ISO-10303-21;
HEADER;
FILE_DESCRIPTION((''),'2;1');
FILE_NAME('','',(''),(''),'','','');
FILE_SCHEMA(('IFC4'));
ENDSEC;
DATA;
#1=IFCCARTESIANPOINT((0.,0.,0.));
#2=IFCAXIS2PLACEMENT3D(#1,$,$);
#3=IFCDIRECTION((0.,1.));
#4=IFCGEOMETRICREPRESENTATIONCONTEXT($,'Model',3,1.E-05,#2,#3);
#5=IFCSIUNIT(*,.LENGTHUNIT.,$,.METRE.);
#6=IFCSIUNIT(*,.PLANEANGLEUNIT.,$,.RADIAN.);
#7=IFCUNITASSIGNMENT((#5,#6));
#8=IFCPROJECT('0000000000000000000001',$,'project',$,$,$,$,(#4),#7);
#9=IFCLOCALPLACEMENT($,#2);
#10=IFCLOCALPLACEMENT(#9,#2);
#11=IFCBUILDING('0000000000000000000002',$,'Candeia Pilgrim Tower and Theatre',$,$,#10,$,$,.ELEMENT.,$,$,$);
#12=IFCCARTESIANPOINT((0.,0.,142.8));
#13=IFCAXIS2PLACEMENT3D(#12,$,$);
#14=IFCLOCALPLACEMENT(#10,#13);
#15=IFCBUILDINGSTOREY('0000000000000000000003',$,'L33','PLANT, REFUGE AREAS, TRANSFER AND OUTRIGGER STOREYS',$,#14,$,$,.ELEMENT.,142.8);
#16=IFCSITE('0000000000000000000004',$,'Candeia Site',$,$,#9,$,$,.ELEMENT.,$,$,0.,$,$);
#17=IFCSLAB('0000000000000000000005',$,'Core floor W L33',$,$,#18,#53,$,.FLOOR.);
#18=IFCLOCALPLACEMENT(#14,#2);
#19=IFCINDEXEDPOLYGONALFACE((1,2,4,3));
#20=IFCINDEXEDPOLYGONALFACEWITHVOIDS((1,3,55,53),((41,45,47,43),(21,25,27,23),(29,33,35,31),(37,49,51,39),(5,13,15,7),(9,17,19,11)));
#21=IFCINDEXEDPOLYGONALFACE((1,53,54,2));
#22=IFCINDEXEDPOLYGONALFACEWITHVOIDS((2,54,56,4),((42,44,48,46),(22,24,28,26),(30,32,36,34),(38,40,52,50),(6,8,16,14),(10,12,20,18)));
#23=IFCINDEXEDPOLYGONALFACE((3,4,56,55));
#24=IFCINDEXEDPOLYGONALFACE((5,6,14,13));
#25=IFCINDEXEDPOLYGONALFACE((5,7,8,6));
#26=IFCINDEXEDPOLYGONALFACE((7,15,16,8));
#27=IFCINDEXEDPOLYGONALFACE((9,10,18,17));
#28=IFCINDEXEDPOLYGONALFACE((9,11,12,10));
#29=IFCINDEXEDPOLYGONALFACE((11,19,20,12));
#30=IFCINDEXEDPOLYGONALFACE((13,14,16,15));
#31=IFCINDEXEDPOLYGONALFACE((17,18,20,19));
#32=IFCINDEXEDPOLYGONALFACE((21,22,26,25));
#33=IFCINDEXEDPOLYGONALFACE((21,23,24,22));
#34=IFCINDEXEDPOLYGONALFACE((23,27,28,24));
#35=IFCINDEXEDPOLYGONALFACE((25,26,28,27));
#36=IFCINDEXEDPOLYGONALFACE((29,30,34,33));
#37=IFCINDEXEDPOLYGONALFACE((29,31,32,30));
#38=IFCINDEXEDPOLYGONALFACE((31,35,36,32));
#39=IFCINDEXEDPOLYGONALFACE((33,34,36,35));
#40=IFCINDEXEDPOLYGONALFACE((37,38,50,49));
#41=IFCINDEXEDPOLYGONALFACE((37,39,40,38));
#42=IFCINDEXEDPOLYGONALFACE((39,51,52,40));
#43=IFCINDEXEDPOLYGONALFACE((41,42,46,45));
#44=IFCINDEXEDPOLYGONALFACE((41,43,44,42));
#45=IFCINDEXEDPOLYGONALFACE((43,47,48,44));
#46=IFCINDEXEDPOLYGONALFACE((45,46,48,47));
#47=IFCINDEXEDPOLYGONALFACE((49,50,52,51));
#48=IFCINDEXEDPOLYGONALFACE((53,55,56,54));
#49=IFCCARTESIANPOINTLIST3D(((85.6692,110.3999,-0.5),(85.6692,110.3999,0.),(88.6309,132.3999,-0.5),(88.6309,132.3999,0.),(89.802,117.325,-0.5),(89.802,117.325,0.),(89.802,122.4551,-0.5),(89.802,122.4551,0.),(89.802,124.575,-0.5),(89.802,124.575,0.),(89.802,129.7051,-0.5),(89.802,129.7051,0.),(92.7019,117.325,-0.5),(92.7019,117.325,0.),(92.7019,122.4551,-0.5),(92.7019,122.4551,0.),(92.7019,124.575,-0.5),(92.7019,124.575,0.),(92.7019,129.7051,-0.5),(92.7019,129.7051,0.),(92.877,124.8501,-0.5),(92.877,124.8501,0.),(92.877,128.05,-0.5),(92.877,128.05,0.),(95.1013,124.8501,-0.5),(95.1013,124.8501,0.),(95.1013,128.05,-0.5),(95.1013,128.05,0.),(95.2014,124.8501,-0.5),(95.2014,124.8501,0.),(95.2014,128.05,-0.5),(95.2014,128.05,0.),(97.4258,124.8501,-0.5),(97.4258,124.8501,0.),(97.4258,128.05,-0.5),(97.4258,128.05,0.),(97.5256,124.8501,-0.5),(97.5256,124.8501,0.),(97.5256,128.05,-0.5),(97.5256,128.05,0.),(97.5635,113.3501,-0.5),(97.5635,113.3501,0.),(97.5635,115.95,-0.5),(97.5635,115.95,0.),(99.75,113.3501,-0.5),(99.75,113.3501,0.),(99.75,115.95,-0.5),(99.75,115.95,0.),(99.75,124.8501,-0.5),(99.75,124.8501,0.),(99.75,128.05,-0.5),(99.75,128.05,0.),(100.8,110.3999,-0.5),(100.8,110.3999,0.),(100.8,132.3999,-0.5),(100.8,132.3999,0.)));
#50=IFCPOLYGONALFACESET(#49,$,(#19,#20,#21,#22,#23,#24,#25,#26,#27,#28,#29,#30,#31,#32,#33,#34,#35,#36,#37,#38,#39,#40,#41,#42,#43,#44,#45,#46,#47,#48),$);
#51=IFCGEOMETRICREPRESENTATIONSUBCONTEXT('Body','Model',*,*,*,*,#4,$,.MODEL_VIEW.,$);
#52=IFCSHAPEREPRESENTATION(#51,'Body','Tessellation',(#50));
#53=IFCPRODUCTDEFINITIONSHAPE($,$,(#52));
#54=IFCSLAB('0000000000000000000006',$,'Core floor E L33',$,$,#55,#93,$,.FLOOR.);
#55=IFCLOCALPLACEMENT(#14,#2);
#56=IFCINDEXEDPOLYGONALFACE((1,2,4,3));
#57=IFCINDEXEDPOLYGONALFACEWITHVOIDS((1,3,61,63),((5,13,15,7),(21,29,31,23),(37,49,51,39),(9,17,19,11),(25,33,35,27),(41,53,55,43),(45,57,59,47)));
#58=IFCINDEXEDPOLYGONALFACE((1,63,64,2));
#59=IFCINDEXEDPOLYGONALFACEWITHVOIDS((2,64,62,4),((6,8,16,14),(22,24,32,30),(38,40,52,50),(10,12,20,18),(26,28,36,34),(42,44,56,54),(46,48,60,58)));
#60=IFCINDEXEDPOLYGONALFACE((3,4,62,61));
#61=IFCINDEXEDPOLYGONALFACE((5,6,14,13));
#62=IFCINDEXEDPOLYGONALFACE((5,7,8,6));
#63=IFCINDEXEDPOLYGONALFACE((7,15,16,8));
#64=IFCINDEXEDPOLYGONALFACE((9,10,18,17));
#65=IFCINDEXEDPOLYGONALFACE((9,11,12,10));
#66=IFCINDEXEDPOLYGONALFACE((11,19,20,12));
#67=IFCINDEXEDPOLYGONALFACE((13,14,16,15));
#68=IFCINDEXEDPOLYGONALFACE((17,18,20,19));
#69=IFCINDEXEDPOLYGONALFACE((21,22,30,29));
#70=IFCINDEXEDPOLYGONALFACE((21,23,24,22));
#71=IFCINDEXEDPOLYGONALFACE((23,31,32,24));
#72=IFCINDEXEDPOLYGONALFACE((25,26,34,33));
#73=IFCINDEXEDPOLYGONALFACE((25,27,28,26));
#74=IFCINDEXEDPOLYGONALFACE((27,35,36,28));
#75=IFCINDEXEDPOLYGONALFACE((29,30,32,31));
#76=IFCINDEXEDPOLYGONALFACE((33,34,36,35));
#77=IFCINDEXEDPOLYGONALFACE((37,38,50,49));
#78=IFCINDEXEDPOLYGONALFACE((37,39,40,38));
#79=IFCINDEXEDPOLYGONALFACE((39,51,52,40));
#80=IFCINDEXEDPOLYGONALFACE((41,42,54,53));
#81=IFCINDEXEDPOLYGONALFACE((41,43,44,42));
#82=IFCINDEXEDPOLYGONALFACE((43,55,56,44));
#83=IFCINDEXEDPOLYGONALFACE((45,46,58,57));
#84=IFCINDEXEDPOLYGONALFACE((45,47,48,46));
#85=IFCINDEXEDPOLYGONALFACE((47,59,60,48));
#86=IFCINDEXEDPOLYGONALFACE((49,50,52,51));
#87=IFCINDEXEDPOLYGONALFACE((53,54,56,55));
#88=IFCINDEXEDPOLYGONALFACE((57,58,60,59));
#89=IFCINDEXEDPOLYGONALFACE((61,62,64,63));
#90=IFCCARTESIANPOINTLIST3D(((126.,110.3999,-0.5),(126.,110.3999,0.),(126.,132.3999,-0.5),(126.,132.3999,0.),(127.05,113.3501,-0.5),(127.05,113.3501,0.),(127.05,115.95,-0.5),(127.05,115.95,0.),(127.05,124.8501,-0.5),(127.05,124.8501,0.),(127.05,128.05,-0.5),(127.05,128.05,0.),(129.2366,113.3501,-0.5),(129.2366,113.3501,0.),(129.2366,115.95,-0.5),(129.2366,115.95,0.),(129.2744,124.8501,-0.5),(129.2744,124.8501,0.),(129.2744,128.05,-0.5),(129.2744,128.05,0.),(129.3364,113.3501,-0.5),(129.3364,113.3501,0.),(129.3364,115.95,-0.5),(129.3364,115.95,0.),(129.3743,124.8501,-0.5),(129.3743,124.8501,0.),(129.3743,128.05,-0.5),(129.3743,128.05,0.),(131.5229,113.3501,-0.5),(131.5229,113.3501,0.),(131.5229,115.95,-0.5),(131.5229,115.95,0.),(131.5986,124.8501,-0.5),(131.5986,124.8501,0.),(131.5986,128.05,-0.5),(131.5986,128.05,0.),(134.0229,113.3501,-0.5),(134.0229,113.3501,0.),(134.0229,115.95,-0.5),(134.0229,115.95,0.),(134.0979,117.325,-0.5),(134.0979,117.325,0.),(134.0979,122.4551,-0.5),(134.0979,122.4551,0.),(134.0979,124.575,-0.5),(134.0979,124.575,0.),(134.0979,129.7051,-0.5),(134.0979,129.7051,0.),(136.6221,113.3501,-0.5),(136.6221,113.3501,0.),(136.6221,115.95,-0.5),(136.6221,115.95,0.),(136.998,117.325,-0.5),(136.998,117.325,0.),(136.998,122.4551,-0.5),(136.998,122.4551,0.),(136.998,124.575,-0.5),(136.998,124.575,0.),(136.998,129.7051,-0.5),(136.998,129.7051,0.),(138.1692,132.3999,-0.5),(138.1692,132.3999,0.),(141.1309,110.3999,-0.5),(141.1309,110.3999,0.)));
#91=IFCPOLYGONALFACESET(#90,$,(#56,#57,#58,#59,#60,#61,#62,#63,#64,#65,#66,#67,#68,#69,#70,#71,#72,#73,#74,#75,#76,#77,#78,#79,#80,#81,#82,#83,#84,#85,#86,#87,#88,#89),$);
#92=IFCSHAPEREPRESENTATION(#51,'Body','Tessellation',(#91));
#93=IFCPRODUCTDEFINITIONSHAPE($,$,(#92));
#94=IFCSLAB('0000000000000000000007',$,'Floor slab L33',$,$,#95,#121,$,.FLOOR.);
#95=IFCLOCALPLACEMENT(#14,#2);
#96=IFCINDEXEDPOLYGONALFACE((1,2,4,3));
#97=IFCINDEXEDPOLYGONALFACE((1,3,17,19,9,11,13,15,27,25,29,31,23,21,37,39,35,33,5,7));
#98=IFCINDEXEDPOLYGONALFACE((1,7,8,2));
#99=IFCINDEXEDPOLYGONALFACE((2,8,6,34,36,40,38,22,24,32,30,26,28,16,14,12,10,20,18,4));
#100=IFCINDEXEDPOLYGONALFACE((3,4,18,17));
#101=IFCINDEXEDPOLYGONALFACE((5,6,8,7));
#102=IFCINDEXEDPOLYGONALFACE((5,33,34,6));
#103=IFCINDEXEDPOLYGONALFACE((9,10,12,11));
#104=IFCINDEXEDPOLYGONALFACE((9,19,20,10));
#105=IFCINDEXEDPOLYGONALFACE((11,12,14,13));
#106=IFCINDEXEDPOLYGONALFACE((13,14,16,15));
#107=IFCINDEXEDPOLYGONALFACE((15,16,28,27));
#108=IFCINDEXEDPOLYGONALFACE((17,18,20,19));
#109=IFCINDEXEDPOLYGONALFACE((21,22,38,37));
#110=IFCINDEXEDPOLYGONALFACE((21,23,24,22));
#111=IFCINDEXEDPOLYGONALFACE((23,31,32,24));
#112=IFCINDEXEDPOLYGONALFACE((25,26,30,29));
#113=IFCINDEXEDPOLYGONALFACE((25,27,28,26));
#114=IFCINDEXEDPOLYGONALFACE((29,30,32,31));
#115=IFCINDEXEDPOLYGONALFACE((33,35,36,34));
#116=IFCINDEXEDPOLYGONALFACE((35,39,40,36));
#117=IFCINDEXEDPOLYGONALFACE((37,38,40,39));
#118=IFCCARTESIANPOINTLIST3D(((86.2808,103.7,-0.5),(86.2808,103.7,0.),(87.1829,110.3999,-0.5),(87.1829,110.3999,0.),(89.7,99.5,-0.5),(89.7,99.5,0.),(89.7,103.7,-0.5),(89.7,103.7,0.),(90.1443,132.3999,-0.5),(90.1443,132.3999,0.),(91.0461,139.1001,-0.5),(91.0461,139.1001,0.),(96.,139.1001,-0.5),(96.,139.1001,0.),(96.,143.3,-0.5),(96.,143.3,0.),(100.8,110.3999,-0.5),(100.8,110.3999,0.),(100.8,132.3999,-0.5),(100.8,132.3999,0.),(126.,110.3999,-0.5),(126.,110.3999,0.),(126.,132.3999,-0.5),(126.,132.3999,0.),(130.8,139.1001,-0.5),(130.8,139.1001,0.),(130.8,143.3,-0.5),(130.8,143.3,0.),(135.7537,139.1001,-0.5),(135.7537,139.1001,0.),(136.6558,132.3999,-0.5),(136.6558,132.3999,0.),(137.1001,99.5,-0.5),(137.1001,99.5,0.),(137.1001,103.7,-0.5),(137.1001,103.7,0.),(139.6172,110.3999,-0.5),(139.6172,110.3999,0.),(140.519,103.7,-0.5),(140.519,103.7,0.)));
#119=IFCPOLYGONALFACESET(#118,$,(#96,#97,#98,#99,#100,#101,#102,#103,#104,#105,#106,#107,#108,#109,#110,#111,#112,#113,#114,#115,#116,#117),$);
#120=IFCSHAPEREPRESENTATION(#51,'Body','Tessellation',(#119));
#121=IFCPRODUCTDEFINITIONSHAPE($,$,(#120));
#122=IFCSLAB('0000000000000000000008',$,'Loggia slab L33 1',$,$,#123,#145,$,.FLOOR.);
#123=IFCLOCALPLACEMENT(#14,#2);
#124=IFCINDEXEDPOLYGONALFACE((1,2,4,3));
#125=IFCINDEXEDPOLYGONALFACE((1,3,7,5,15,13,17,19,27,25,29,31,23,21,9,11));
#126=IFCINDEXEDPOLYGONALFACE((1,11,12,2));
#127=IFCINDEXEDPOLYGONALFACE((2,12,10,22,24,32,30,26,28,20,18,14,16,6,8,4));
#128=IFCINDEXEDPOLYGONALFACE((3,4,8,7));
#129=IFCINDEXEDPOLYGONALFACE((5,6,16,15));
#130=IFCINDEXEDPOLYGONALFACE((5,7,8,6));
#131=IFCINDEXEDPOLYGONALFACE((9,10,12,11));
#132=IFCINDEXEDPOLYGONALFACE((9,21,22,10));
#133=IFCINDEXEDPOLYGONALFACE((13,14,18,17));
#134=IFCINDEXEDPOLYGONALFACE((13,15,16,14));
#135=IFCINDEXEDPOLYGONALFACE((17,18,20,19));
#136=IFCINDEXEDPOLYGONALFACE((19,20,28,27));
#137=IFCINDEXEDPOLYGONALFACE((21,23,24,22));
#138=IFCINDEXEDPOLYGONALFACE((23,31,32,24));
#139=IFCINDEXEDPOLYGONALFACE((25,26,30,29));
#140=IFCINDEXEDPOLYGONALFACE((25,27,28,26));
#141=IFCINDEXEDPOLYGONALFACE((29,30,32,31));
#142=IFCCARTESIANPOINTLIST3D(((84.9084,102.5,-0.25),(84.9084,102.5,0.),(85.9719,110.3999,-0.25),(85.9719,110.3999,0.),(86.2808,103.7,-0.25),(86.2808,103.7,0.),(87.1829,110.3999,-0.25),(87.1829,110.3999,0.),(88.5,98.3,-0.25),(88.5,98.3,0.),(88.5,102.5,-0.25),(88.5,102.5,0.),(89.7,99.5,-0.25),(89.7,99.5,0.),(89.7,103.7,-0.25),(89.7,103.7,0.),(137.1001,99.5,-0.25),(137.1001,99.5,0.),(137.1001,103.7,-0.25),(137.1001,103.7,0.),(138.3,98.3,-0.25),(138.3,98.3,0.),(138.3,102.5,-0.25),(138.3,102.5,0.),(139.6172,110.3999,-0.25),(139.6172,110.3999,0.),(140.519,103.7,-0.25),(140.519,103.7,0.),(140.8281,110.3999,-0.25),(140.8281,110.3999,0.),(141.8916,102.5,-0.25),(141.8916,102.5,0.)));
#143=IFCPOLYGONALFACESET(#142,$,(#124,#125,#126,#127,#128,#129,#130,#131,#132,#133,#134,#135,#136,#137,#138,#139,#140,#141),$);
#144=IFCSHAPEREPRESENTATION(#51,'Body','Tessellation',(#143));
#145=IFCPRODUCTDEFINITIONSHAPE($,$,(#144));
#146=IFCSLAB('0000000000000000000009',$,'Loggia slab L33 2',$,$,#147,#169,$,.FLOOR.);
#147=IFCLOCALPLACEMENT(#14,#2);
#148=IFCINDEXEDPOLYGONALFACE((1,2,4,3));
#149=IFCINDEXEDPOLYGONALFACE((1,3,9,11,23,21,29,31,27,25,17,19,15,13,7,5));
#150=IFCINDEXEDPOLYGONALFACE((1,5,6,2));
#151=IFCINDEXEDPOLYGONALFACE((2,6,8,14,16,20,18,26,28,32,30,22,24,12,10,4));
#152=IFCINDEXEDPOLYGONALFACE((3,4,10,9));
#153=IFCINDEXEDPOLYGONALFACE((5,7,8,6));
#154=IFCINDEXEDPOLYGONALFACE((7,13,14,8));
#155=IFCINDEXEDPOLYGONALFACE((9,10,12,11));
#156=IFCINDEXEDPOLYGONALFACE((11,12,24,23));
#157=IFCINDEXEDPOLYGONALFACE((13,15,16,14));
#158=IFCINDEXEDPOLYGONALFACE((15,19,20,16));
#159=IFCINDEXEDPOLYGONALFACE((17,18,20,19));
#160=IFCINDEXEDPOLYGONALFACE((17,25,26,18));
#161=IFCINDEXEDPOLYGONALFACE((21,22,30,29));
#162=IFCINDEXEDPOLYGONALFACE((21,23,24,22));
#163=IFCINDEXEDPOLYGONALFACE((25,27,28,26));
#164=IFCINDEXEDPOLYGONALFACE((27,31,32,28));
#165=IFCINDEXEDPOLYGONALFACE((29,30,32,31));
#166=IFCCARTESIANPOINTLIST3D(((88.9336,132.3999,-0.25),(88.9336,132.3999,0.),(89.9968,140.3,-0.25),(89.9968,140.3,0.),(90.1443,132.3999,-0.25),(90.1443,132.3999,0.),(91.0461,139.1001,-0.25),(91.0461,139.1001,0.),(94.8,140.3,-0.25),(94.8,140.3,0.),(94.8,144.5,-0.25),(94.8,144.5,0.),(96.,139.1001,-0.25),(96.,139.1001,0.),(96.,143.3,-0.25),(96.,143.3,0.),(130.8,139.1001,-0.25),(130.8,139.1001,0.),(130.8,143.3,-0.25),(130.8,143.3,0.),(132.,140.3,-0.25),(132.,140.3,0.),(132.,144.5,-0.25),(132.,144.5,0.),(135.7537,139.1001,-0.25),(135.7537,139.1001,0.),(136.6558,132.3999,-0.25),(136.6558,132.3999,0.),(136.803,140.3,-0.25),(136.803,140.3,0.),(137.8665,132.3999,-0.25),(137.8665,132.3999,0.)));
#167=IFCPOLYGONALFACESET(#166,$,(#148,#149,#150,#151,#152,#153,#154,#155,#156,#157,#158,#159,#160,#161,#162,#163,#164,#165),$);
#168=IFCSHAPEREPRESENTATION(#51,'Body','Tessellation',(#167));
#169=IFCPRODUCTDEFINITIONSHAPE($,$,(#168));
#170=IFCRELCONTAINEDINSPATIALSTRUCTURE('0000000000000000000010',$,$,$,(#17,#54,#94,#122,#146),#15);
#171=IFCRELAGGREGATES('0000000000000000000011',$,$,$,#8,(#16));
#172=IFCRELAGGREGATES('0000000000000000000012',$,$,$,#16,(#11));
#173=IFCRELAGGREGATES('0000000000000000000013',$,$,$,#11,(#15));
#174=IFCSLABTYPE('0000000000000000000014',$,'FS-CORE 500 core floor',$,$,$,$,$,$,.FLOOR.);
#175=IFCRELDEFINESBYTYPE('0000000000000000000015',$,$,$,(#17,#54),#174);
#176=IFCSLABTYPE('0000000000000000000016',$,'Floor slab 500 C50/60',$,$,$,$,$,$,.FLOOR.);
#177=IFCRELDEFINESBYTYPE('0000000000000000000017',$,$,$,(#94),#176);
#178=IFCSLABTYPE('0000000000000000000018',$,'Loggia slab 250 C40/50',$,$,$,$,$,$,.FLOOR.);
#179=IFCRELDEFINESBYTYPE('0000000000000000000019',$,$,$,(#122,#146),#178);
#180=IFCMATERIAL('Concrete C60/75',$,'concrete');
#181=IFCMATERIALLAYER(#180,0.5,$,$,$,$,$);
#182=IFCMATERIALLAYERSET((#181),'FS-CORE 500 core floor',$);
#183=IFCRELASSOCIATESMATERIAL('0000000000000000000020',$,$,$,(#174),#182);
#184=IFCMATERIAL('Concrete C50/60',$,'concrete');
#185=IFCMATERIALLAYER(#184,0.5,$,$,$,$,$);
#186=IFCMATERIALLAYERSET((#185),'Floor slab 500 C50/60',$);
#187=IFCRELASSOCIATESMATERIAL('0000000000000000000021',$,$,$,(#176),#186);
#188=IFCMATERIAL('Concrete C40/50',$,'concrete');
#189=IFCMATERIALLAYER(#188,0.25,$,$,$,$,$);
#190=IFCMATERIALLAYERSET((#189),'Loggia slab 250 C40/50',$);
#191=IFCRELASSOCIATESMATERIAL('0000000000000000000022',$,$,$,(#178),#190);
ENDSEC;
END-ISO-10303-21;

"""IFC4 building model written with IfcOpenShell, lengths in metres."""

from ifc_helpers import new_model, si_unit, direction, frame, origin, place, context, subcontext, project, spatial, polyline, outline, extrude, material, layer, layer_set, type_object, element, save


model = new_model("IFC4")

# Units and contexts
model_context = context("Model", 3, precision=1e-05, world=origin(), true_north=direction((0.0, 1.0)))
body_context = subcontext(model_context, "Body", "Model", "MODEL_VIEW")
ifc_project = project(units=[si_unit("LENGTHUNIT", "METRE"), si_unit("PLANEANGLEUNIT", "RADIAN")], contexts=[model_context])

# Site, building, storey
site_placement = place(None, origin())
site = spatial("IfcSite", under=ifc_project, at=site_placement, Name="Candeia Site", CompositionType="ELEMENT", RefElevation=0.0)
building_placement = place(site_placement, origin())
building = spatial("IfcBuilding", under=site, at=building_placement, Name="Candeia Pilgrim Tower and Theatre", CompositionType="ELEMENT")
storey_placement = place(building_placement, frame((0.0, 0.0, 142.8)))
storey = spatial("IfcBuildingStorey", under=building, at=storey_placement, Name="L33", Description="PLANT, REFUGE AREAS, TRANSFER AND OUTRIGGER STOREYS", CompositionType="ELEMENT", Elevation=142.8)

# Slabs
ifc_material_1 = material(Name="Concrete C60/75", Category="concrete")
ifc_layer_1 = layer(ifc_material_1, 0.5)
ifc_layer_set_1 = layer_set([ifc_layer_1], Name="FS-CORE 500 core floor")
slab_type_1 = type_object("IfcSlabType", Name="FS-CORE 500 core floor", PredefinedType="FLOOR", material=ifc_layer_set_1)
slab_1_placement = place(storey_placement, frame((0.0, 0.0, -0.5)))
element("IfcSlab", 1, at=slab_1_placement, inside=storey, type_object=slab_type_1, Name="Core floor W L33", PredefinedType="FLOOR", context=body_context, shape_type="SweptSolid", body=[
    extrude(outline(polyline([(100.8, 132.3999), (100.8, 110.3999), (85.6692, 110.3999), (88.6309, 132.3999), (100.8, 132.3999)]), holes=[polyline([(97.5256, 128.05), (97.5256, 124.8501), (99.75, 124.8501), (99.75, 128.05), (97.5256, 128.05)]), polyline([(97.5635, 113.3501), (99.75, 113.3501), (99.75, 115.95), (97.5635, 115.95), (97.5635, 113.3501)]), polyline([(95.2014, 124.8501), (97.4258, 124.8501), (97.4258, 128.05), (95.2014, 128.05), (95.2014, 124.8501)]), polyline([(92.877, 128.05), (92.877, 124.8501), (95.1013, 124.8501), (95.1013, 128.05), (92.877, 128.05)]), polyline([(89.802, 122.4551), (89.802, 117.325), (92.7019, 117.325), (92.7019, 122.4551), (89.802, 122.4551)]), polyline([(89.802, 129.7051), (89.802, 124.575), (92.7019, 124.575), (92.7019, 129.7051), (89.802, 129.7051)])]), origin(), (0.0, 0.0, 1.0), 0.5),
])
slab_2_placement = place(storey_placement, frame((0.0, 0.0, -0.5)))
element("IfcSlab", 2, at=slab_2_placement, inside=storey, type_object=slab_type_1, Name="Core floor E L33", PredefinedType="FLOOR", context=body_context, shape_type="SweptSolid", body=[
    extrude(outline(polyline([(138.1692, 132.3999), (141.1309, 110.3999), (126.0, 110.3999), (126.0, 132.3999), (138.1692, 132.3999)]), holes=[polyline([(134.0979, 122.4551), (134.0979, 117.325), (136.998, 117.325), (136.998, 122.4551), (134.0979, 122.4551)]), polyline([(134.0979, 129.7051), (134.0979, 124.575), (136.998, 124.575), (136.998, 129.7051), (134.0979, 129.7051)]), polyline([(136.6221, 115.95), (134.0229, 115.95), (134.0229, 113.3501), (136.6221, 113.3501), (136.6221, 115.95)]), polyline([(131.5986, 128.05), (129.3743, 128.05), (129.3743, 124.8501), (131.5986, 124.8501), (131.5986, 128.05)]), polyline([(131.5229, 115.95), (129.3364, 115.95), (129.3364, 113.3501), (131.5229, 113.3501), (131.5229, 115.95)]), polyline([(129.2744, 128.05), (127.05, 128.05), (127.05, 124.8501), (129.2744, 124.8501), (129.2744, 128.05)]), polyline([(127.05, 115.95), (127.05, 113.3501), (129.2366, 113.3501), (129.2366, 115.95), (127.05, 115.95)])]), origin(), (0.0, 0.0, 1.0), 0.5),
])
ifc_material_2 = material(Name="Concrete C50/60", Category="concrete")
ifc_layer_2 = layer(ifc_material_2, 0.5)
ifc_layer_set_2 = layer_set([ifc_layer_2], Name="Floor slab 500 C50/60")
slab_type_2 = type_object("IfcSlabType", Name="Floor slab 500 C50/60", PredefinedType="FLOOR", material=ifc_layer_set_2)
slab_3_placement = place(storey_placement, frame((0.0, 0.0, -0.5)))
element("IfcSlab", 3, at=slab_3_placement, inside=storey, type_object=slab_type_2, Name="Floor slab L33", PredefinedType="FLOOR", context=body_context, shape_type="SweptSolid", body=[
    extrude(outline(polyline([(96.0, 139.1001), (96.0, 143.3), (130.8, 143.3), (130.8, 139.1001), (135.7537, 139.1001), (136.6558, 132.3999), (126.0, 132.3999), (126.0, 110.3999), (139.6172, 110.3999), (140.519, 103.7), (137.1001, 103.7), (137.1001, 99.5), (89.7, 99.5), (89.7, 103.7), (86.2808, 103.7), (87.1829, 110.3999), (100.8, 110.3999), (100.8, 132.3999), (90.1443, 132.3999), (91.0461, 139.1001), (96.0, 139.1001)])), origin(), (0.0, 0.0, 1.0), 0.5),
])
ifc_material_3 = material(Name="Concrete C40/50", Category="concrete")
ifc_layer_3 = layer(ifc_material_3, 0.25)
ifc_layer_set_3 = layer_set([ifc_layer_3], Name="Loggia slab 250 C40/50")
slab_type_3 = type_object("IfcSlabType", Name="Loggia slab 250 C40/50", PredefinedType="FLOOR", material=ifc_layer_set_3)
slab_4_placement = place(storey_placement, frame((0.0, 0.0, -0.25)))
element("IfcSlab", 4, at=slab_4_placement, inside=storey, type_object=slab_type_3, Name="Loggia slab L33 1", PredefinedType="FLOOR", context=body_context, shape_type="SweptSolid", body=[
    extrude(outline(polyline([(87.1829, 110.3999), (86.2808, 103.7), (89.7, 103.7), (89.7, 99.5), (137.1001, 99.5), (137.1001, 103.7), (140.519, 103.7), (139.6172, 110.3999), (140.8281, 110.3999), (141.8916, 102.5), (138.3, 102.5), (138.3, 98.3), (88.5, 98.3), (88.5, 102.5), (84.9084, 102.5), (85.9719, 110.3999), (87.1829, 110.3999)])), origin(), (0.0, 0.0, 1.0), 0.25),
])
slab_5_placement = place(storey_placement, frame((0.0, 0.0, -0.25)))
element("IfcSlab", 5, at=slab_5_placement, inside=storey, type_object=slab_type_3, Name="Loggia slab L33 2", PredefinedType="FLOOR", context=body_context, shape_type="SweptSolid", body=[
    extrude(outline(polyline([(136.6558, 132.3999), (135.7537, 139.1001), (130.8, 139.1001), (130.8, 143.3), (96.0, 143.3), (96.0, 139.1001), (91.0461, 139.1001), (90.1443, 132.3999), (88.9336, 132.3999), (89.9968, 140.3), (94.8, 140.3), (94.8, 144.5), (132.0, 144.5), (132.0, 140.3), (136.803, 140.3), (137.8665, 132.3999), (136.6558, 132.3999)])), origin(), (0.0, 0.0, 1.0), 0.25),
])

save(model, "model.ifc")
